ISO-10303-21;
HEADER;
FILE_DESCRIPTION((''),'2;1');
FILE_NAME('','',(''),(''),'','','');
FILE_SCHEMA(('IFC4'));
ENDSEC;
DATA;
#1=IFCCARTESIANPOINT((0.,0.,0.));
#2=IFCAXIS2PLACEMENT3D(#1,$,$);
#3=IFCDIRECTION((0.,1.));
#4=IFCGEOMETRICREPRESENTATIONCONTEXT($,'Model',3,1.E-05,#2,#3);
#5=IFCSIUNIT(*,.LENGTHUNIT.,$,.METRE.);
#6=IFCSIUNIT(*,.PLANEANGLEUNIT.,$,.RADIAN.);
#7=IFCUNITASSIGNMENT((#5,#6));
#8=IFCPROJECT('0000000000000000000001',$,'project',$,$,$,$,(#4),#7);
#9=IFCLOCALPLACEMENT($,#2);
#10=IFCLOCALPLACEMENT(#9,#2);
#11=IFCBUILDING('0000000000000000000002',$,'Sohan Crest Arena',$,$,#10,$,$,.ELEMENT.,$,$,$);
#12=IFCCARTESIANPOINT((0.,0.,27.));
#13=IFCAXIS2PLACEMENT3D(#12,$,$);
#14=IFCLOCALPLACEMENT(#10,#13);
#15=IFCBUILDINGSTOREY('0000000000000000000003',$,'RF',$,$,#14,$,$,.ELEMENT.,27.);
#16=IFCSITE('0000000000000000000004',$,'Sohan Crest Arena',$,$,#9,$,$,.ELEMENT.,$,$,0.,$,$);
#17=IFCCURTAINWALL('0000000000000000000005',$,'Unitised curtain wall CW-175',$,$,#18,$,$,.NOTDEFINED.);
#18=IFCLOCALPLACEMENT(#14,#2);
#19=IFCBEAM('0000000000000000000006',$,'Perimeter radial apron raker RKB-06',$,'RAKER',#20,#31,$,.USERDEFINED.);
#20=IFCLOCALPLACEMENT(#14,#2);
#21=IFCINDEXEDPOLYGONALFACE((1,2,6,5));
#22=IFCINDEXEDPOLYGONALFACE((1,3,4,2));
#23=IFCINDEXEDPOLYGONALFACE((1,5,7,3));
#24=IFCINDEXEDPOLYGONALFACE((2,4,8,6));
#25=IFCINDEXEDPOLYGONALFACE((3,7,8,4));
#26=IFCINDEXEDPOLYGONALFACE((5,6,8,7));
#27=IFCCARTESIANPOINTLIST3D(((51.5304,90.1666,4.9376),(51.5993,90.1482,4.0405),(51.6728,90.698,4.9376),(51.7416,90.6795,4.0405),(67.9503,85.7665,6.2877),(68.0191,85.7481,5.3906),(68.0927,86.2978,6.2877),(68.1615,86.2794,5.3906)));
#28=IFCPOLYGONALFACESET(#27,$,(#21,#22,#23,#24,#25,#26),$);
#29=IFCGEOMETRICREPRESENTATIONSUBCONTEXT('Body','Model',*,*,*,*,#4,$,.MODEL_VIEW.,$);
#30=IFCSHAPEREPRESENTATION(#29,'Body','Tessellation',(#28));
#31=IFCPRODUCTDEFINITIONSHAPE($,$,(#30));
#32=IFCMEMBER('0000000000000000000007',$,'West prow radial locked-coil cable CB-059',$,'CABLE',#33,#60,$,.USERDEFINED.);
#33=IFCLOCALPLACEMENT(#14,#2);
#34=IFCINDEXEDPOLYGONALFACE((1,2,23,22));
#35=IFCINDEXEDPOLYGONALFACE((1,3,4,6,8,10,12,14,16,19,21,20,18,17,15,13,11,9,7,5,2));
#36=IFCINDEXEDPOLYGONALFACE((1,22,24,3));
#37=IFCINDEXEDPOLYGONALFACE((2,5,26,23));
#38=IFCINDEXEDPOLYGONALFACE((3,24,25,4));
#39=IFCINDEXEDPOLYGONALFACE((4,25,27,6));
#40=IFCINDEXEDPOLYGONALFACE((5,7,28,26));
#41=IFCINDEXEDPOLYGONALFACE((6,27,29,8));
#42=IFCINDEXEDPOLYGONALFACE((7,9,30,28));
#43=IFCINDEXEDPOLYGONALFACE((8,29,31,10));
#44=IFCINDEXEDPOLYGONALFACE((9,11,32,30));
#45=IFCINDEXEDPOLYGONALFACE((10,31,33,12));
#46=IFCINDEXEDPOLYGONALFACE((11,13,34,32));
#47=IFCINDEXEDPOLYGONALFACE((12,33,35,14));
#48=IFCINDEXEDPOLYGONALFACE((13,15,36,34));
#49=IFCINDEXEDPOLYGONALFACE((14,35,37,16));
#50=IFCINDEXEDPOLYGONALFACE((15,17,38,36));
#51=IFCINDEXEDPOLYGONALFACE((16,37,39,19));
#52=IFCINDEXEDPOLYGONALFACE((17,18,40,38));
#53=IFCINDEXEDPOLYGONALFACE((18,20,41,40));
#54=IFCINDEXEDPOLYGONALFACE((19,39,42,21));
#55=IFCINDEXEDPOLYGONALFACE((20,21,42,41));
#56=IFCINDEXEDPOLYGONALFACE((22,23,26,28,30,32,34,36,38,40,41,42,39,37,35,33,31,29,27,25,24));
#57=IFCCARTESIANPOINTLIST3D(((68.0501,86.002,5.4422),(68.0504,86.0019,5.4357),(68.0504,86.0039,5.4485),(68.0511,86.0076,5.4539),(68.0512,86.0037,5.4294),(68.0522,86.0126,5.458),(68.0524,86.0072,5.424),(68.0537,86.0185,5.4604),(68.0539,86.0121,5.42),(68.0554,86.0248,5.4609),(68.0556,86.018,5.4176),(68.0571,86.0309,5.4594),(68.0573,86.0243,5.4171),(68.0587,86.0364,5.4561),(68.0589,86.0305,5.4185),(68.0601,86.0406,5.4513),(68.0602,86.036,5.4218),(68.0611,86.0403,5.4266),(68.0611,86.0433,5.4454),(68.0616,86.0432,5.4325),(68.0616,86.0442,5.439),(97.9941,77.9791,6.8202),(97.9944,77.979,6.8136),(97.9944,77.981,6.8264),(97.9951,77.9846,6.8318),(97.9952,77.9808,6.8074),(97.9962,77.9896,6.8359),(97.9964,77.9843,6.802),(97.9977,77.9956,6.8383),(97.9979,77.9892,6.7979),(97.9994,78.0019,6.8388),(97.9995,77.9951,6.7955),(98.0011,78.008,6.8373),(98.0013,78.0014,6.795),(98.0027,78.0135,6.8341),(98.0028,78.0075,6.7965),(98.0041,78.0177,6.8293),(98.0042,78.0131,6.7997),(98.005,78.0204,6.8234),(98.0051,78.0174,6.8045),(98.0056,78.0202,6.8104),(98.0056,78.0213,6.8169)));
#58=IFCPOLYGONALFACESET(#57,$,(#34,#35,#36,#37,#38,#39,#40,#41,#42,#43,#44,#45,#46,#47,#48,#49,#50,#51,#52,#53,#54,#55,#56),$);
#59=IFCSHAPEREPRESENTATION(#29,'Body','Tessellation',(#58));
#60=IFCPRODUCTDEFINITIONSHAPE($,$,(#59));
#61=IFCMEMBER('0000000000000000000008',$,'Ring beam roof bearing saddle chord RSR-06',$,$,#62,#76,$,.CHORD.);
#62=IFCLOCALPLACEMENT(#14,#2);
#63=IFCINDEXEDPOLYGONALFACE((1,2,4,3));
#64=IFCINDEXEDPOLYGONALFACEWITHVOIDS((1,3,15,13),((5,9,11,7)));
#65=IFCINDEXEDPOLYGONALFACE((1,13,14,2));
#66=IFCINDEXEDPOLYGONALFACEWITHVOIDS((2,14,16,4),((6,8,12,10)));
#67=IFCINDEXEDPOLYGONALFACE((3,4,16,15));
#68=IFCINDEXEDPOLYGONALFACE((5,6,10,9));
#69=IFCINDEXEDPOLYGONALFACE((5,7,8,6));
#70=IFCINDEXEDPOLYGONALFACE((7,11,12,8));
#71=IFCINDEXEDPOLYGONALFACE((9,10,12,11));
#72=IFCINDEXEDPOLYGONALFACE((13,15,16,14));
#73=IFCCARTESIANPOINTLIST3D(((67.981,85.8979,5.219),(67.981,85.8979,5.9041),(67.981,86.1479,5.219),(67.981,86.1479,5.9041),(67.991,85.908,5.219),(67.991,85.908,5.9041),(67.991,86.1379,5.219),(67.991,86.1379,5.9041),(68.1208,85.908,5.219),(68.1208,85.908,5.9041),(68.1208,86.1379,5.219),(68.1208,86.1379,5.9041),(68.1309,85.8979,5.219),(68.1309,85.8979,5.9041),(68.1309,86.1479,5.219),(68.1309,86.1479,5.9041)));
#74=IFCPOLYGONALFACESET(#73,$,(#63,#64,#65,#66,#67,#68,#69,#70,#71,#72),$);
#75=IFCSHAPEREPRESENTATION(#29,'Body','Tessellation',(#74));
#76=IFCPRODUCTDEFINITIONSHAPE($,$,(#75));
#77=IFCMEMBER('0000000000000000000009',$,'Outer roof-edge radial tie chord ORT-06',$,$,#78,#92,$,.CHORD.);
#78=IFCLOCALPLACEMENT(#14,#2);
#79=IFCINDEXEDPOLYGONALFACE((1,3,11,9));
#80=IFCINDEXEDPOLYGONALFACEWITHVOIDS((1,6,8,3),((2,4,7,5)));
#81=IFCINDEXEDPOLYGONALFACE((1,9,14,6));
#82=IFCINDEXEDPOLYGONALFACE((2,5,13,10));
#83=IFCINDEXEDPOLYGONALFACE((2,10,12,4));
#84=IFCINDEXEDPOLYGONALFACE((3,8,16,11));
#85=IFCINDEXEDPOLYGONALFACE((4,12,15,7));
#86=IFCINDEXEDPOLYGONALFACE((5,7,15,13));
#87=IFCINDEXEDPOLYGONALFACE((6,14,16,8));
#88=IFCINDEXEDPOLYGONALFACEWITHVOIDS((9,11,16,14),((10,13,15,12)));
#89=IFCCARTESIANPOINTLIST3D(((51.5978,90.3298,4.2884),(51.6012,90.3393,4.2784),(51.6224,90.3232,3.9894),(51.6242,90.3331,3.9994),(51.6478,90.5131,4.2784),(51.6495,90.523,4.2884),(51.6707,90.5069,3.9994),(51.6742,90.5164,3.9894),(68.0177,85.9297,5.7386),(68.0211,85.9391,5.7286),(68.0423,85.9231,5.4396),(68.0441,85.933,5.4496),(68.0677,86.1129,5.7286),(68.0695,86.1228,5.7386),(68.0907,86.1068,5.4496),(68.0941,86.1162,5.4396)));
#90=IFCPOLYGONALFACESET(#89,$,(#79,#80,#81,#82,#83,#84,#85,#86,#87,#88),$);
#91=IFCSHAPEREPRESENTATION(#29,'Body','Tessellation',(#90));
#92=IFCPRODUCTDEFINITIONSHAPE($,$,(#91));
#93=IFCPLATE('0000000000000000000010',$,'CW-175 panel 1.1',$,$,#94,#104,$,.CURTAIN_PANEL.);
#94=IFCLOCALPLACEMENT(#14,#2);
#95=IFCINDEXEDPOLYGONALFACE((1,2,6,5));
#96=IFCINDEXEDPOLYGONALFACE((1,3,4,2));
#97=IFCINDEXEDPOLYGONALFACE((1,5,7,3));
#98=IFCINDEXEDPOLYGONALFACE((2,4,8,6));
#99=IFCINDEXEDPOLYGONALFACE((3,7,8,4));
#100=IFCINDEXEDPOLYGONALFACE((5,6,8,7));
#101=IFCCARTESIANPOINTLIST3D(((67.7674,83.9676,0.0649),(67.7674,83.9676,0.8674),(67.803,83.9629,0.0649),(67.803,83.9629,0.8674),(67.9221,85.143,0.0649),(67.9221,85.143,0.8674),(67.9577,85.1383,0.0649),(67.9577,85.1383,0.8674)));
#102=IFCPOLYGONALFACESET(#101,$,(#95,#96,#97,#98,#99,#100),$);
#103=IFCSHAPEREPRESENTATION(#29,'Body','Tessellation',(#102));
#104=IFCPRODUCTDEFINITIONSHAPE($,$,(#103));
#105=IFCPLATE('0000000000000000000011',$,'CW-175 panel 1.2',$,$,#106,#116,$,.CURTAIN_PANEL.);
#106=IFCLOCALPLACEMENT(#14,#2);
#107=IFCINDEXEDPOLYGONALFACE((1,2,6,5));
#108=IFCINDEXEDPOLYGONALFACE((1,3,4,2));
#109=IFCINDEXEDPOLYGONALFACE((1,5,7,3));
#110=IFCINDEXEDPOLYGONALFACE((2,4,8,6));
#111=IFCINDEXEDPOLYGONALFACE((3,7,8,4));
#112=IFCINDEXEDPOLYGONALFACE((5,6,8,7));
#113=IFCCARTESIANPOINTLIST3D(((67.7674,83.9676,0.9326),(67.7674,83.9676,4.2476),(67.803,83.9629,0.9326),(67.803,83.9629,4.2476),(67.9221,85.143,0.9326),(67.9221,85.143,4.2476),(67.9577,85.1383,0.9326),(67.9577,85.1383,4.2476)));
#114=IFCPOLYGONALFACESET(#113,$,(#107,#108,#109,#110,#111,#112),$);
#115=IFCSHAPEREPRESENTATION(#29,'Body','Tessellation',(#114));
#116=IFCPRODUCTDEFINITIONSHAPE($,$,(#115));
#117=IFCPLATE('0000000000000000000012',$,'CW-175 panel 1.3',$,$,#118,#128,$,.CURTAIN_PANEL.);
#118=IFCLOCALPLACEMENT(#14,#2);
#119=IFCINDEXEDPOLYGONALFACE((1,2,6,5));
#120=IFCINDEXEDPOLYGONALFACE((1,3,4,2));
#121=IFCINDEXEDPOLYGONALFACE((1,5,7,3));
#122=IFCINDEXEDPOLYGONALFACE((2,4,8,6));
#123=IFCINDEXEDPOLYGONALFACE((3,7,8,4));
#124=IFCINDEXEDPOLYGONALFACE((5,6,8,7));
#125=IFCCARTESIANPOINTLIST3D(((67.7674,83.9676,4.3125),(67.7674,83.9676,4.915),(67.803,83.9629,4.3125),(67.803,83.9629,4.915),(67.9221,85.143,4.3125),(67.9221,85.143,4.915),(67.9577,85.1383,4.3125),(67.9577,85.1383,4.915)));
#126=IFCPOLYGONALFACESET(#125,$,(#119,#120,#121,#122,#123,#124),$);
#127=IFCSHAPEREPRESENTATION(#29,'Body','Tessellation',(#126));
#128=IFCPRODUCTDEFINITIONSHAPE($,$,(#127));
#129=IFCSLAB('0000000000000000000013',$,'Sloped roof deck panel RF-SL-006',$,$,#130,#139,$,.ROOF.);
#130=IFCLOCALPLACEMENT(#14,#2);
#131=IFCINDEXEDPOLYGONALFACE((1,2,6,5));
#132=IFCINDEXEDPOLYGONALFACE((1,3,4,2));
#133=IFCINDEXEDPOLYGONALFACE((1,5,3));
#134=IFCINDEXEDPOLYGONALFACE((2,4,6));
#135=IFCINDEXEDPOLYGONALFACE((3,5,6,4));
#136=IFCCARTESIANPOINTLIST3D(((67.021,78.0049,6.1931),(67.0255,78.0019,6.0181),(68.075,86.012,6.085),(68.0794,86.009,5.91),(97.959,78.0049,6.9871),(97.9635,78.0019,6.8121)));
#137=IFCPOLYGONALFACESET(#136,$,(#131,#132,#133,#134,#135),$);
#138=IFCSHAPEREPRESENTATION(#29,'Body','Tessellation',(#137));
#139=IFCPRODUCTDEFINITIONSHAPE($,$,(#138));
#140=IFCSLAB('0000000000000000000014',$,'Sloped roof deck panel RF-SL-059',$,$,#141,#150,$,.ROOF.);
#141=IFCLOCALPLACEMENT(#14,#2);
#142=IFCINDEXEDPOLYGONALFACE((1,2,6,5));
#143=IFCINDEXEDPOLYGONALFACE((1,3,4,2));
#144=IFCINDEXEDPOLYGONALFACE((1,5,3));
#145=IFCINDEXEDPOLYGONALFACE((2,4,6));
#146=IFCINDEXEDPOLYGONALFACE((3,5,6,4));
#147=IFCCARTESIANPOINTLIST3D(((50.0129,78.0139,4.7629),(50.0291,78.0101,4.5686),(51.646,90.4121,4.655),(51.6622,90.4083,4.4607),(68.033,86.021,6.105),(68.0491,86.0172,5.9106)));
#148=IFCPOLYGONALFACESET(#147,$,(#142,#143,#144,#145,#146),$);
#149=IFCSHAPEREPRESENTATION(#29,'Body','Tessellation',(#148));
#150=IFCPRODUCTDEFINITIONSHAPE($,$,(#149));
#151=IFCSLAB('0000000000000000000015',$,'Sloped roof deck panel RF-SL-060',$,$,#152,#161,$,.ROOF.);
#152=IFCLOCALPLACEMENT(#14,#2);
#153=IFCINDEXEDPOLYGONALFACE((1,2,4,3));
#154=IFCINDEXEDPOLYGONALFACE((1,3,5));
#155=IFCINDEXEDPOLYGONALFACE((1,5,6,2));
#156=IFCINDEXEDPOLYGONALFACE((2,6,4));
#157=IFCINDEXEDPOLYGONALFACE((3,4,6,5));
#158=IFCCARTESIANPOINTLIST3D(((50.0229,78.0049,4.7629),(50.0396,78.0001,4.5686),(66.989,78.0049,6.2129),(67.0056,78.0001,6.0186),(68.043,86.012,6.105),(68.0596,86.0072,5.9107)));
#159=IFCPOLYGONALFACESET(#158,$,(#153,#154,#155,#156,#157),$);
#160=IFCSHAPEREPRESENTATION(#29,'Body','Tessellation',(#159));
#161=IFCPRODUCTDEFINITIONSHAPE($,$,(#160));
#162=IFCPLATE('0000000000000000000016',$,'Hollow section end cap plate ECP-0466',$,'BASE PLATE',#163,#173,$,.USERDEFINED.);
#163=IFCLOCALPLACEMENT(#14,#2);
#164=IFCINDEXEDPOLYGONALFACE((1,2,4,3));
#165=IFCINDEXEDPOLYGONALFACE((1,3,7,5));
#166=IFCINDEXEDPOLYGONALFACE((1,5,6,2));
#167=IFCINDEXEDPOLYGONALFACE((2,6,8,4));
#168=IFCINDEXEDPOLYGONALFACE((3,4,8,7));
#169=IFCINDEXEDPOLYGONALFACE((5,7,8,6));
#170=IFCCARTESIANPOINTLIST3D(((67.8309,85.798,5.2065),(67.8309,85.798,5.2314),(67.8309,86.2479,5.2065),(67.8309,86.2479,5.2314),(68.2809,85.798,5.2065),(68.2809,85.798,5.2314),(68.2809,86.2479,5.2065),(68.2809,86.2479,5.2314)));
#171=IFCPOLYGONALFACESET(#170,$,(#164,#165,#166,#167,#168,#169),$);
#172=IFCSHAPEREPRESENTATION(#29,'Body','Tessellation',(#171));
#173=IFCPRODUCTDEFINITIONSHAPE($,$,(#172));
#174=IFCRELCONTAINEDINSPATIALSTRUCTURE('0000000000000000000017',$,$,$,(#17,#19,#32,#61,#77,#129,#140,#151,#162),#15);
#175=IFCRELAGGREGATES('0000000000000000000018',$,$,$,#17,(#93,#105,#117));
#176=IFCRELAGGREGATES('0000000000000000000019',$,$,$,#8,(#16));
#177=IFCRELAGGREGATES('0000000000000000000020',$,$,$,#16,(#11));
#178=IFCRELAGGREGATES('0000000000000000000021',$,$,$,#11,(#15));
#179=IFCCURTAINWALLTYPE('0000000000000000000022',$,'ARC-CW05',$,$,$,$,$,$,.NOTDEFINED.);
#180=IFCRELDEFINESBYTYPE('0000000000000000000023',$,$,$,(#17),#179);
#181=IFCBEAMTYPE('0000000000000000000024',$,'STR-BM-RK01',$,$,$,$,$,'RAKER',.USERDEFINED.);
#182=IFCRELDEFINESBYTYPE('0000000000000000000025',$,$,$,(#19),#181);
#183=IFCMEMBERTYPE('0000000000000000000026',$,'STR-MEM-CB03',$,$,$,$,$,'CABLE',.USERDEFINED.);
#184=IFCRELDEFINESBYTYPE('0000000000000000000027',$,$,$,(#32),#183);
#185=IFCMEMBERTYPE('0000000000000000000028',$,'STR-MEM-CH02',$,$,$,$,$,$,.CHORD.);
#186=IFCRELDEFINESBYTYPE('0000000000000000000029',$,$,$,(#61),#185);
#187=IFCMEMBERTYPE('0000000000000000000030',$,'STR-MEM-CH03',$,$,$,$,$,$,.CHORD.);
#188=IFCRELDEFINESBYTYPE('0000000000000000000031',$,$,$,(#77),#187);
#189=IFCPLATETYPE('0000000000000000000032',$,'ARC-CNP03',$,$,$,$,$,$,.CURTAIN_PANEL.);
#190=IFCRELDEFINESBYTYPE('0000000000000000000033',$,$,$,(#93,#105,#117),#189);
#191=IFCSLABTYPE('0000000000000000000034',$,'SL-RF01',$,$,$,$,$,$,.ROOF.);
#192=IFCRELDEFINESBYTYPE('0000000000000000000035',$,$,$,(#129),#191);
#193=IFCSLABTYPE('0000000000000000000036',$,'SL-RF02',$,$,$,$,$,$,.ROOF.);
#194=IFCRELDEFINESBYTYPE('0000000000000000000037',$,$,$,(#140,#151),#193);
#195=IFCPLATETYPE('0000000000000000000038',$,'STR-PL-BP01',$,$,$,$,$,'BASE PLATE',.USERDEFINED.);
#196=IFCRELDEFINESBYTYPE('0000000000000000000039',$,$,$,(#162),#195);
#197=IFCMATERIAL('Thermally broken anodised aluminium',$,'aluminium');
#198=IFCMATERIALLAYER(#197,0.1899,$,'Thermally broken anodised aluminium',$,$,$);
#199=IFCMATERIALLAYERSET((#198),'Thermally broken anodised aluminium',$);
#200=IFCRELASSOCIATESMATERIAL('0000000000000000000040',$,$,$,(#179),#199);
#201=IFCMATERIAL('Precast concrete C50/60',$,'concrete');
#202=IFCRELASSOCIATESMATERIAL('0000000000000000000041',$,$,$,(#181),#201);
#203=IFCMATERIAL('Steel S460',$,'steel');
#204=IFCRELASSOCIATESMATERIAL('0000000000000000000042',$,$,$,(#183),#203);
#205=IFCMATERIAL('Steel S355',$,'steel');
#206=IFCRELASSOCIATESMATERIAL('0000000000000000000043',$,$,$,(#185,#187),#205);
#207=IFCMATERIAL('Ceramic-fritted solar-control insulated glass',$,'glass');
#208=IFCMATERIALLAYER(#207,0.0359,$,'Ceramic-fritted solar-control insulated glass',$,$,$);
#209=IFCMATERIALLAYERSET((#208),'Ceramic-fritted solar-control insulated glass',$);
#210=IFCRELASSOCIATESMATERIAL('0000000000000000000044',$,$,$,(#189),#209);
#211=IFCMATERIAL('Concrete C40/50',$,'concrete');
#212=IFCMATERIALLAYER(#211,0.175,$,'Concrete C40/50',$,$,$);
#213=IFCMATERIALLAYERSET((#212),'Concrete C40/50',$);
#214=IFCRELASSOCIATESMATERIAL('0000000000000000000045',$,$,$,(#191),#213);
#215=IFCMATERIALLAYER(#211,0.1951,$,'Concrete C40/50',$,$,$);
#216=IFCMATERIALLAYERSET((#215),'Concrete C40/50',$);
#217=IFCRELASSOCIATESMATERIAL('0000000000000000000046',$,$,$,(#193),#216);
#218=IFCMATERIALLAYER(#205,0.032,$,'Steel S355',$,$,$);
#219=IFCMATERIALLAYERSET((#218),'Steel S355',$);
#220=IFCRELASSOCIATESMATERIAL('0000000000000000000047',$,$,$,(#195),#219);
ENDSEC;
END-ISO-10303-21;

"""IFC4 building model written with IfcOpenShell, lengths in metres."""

from ifc_helpers import new_model, si_unit, direction, frame, origin, origin_2d, place, context, subcontext, project, spatial, polyline, rectangle, hollow_rectangle, circle, outline, extrude, material, layer, layer_set, material_profile, profile_set, type_object, element, aggregate, save


model = new_model("IFC4")

# Units and contexts
model_context = context("Model", 3, precision=1e-05, world=origin(), true_north=direction((0.0, 1.0)))
body_context = subcontext(model_context, "Body", "Model", "MODEL_VIEW")
ifc_project = project(units=[si_unit("LENGTHUNIT", "METRE"), si_unit("PLANEANGLEUNIT", "RADIAN")], contexts=[model_context])

# Site, building, storey
site_placement = place(None, origin())
site = spatial("IfcSite", under=ifc_project, at=site_placement, Name="Sohan Crest Arena", CompositionType="ELEMENT", RefElevation=0.0)
building_placement = place(site_placement, origin())
building = spatial("IfcBuilding", under=site, at=building_placement, Name="Sohan Crest Arena", CompositionType="ELEMENT")
storey_placement = place(building_placement, frame((0.0, 0.0, 27.0)))
storey = spatial("IfcBuildingStorey", under=building, at=storey_placement, Name="RF", CompositionType="ELEMENT", Elevation=27.0)

# Shared definitions
ifc_material_1 = material(Name="Concrete C40/50", Category="concrete")

# Shared definitions
ifc_material_2 = material(Name="Thermally broken anodised aluminium", Category="aluminium")
ifc_layer_1 = layer(ifc_material_2, 0.1899, Name="Thermally broken anodised aluminium")
ifc_layer_set_1 = layer_set([ifc_layer_1], Name="Thermally broken anodised aluminium")
curtain_wall_type = type_object("IfcCurtainWallType", Name="ARC-CW05", PredefinedType="NOTDEFINED", material=ifc_layer_set_1)

# Curtain wall
curtain_wall_1_placement = place(storey_placement, origin())
curtain_wall_1 = element("IfcCurtainWall", 1, at=curtain_wall_1_placement, inside=storey, type_object=curtain_wall_type, Name="Unitised curtain wall CW-175", PredefinedType="NOTDEFINED")

# Beam
ifc_material_3 = material(Name="Steel S355", Category="steel")
ifc_material_4 = material(Name="Precast concrete C50/60", Category="concrete")
ifc_material_profile_1 = material_profile(ifc_material_4, rectangle(XDim=0.55, YDim=0.8999, at=origin_2d()), Name="RAKER 550x900")
ifc_profile_set_1 = profile_set([ifc_material_profile_1], Name="Precast concrete C50/60")
beam_type_1 = type_object("IfcBeamType", Name="STR-BM-RK01", ElementType="RAKER", PredefinedType="USERDEFINED", material=ifc_profile_set_1)
beam_1_placement = place(storey_placement, frame((68.0559, 86.0229, 5.8391), z_axis=(-0.962887, 0.258031, -0.079172), x_axis=(-0.258843, -0.965919, 0.0)))
element("IfcBeam", 2, at=beam_1_placement, inside=storey, type_object=beam_type_1, Name="Perimeter radial apron raker RKB-06", ObjectType="RAKER", PredefinedType="USERDEFINED", context=body_context, shape_type="SweptSolid", body=[
    extrude(rectangle(XDim=0.55, YDim=0.8999, at=origin_2d()), origin(), (0.0, 0.0, 1.0), 17.0527),
])

# Members
ifc_material_5 = material(Name="Steel S460", Category="steel")
ifc_material_profile_2 = material_profile(ifc_material_5, circle(Radius=0.022, at=origin_2d()), Name="FLC D44")
ifc_profile_set_2 = profile_set([ifc_material_profile_2], Name="Steel S460")
member_type_1 = type_object("IfcMemberType", Name="STR-MEM-CB03", ElementType="CABLE", PredefinedType="USERDEFINED", material=ifc_profile_set_2)
member_1_placement = place(storey_placement, frame((68.0559, 86.0229, 5.439), z_axis=(0.964977, -0.258547, 0.044405), x_axis=(0.258803, 0.96593, 0.0)))
element("IfcMember", 3, at=member_1_placement, inside=storey, type_object=member_type_1, Name="West prow radial locked-coil cable CB-059", ObjectType="CABLE", PredefinedType="USERDEFINED", context=body_context, shape_type="SweptSolid", body=[
    extrude(circle(Radius=0.022, at=origin_2d()), origin(), (0.0, 0.0, 1.0), 31.0308),
])
ifc_material_profile_3 = material_profile(ifc_material_3, hollow_rectangle(XDim=0.1499, YDim=0.25, WallThickness=0.01, at=origin_2d()), Name="RHS 250x150x10")
ifc_profile_set_3 = profile_set([ifc_material_profile_3], Name="Steel S355")
member_type_2 = type_object("IfcMemberType", Name="STR-MEM-CH02", PredefinedType="CHORD", material=ifc_profile_set_3)
member_2_placement = place(storey_placement, frame((68.0559, 86.0229, 5.219), z_axis=(0.0, 0.0, 1.0), x_axis=(1.0, 0.0, 0.0)))
element("IfcMember", 4, at=member_2_placement, inside=storey, type_object=member_type_2, Name="Ring beam roof bearing saddle chord RSR-06", PredefinedType="CHORD", context=body_context, shape_type="SweptSolid", body=[
    extrude(hollow_rectangle(XDim=0.1499, YDim=0.25, WallThickness=0.01, at=origin_2d()), origin(), (0.0, 0.0, 1.0), 0.6851),
])
ifc_material_profile_4 = material_profile(ifc_material_3, hollow_rectangle(XDim=0.2, YDim=0.3, WallThickness=0.01, at=origin_2d()), Name="RHS 300x200x10")
ifc_profile_set_4 = profile_set([ifc_material_profile_4], Name="Steel S355")
member_type_3 = type_object("IfcMemberType", Name="STR-MEM-CH03", PredefinedType="CHORD", material=ifc_profile_set_4)
member_3_placement = place(storey_placement, frame((68.0559, 86.0229, 5.5891), z_axis=(-0.962424, 0.257907, -0.085001), x_axis=(-0.258843, -0.965919, 0.0)))
element("IfcMember", 5, at=member_3_placement, inside=storey, type_object=member_type_3, Name="Outer roof-edge radial tie chord ORT-06", PredefinedType="CHORD", context=body_context, shape_type="SweptSolid", body=[
    extrude(hollow_rectangle(XDim=0.2, YDim=0.3, WallThickness=0.01, at=origin_2d()), origin(), (0.0, 0.0, 1.0), 17.061),
])

# Plates
ifc_material_6 = material(Name="Ceramic-fritted solar-control insulated glass", Category="glass")
ifc_layer_2 = layer(ifc_material_6, 0.0359, Name="Ceramic-fritted solar-control insulated glass")
ifc_layer_set_2 = layer_set([ifc_layer_2], Name="Ceramic-fritted solar-control insulated glass")
plate_type_1 = type_object("IfcPlateType", Name="ARC-CNP03", PredefinedType="CURTAIN_PANEL", material=ifc_layer_set_2)
plate_1_placement = place(storey_placement, frame((67.8625, 84.553, 0.0649), z_axis=(0.0, 0.0, 1.0), x_axis=(-0.130499, -0.991448, 0.0)))
plate_1 = element("IfcPlate", 6, at=plate_1_placement, type_object=plate_type_1, Name="CW-175 panel 1.1", PredefinedType="CURTAIN_PANEL", context=body_context, shape_type="SweptSolid", body=[
    extrude(rectangle(XDim=1.1855, YDim=0.0359, at=origin_2d()), origin(), (0.0, 0.0, 1.0), 0.8025),
])
plate_2_placement = place(storey_placement, frame((67.8625, 84.553, 0.9326), z_axis=(0.0, 0.0, 1.0), x_axis=(-0.130499, -0.991448, 0.0)))
plate_2 = element("IfcPlate", 7, at=plate_2_placement, type_object=plate_type_1, Name="CW-175 panel 1.2", PredefinedType="CURTAIN_PANEL", context=body_context, shape_type="SweptSolid", body=[
    extrude(rectangle(XDim=1.1855, YDim=0.0359, at=origin_2d()), origin(), (0.0, 0.0, 1.0), 3.3149),
])
plate_3_placement = place(storey_placement, frame((67.8625, 84.553, 4.3125), z_axis=(0.0, 0.0, 1.0), x_axis=(-0.130499, -0.991448, 0.0)))
plate_3 = element("IfcPlate", 8, at=plate_3_placement, type_object=plate_type_1, Name="CW-175 panel 1.3", PredefinedType="CURTAIN_PANEL", context=body_context, shape_type="SweptSolid", body=[
    extrude(rectangle(XDim=1.1855, YDim=0.0359, at=origin_2d()), origin(), (0.0, 0.0, 1.0), 0.6025),
])
aggregate(curtain_wall_1, [plate_1, plate_2, plate_3])

# Slabs
ifc_layer_3 = layer(ifc_material_1, 0.175, Name="Concrete C40/50")
ifc_layer_set_3 = layer_set([ifc_layer_3], Name="Concrete C40/50")
slab_type_1 = type_object("IfcSlabType", Name="SL-RF01", PredefinedType="ROOF", material=ifc_layer_set_3)
slab_1_placement = place(storey_placement, frame((68.075, 86.012, 6.085), z_axis=(-0.02565, 0.016877, 0.999528), x_axis=(-0.130491, -0.991359, 0.013391)))
element("IfcSlab", 9, at=slab_1_placement, inside=storey, type_object=slab_type_1, Name="Sloped roof deck panel RF-SL-006", PredefinedType="ROOF", context=body_context, shape_type="SweptSolid", body=[
    extrude(outline(polyline([(0.0, 0.0), (8.0769, 0.0), (4.0504, 30.6851), (0.0, 0.0)])), origin(), (0.0, 0.0, -1.0), 0.175),
])
ifc_layer_4 = layer(ifc_material_1, 0.1951, Name="Concrete C40/50")
ifc_layer_set_4 = layer_set([ifc_layer_4], Name="Concrete C40/50")
slab_type_2 = type_object("IfcSlabType", Name="SL-RF02", PredefinedType="ROOF", material=ifc_layer_set_4)
slab_2_placement = place(storey_placement, frame((68.033, 86.021, 6.105), z_axis=(-0.08291, 0.019593, 0.996364), x_axis=(-0.962414, 0.257892, -0.085156)))
element("IfcSlab", 10, at=slab_2_placement, inside=storey, type_object=slab_type_2, Name="Sloped roof deck panel RF-SL-059", PredefinedType="ROOF", context=body_context, shape_type="SweptSolid", body=[
    extrude(outline(polyline([(0.0, 0.0), (17.0269, 0.0), (15.392, 12.3984), (0.0, 0.0)])), origin(), (0.0, 0.0, -1.0), 0.1951),
])
slab_3_placement = place(storey_placement, frame((68.043, 86.012, 6.105), z_axis=(-0.085126, 0.024629, 0.996066), x_axis=(-0.911737, -0.405124, -0.067902)))
element("IfcSlab", 11, at=slab_3_placement, inside=storey, type_object=slab_type_2, Name="Sloped roof deck panel RF-SL-060", PredefinedType="ROOF", context=body_context, shape_type="SweptSolid", body=[
    extrude(outline(polyline([(0.0, 0.0), (19.7645, 0.0), (4.1975, 6.9005), (0.0, 0.0)])), origin(), (0.0, 0.0, -1.0), 0.1951),
])

# Plate
ifc_layer_5 = layer(ifc_material_3, 0.032, Name="Steel S355")
ifc_layer_set_5 = layer_set([ifc_layer_5], Name="Steel S355")
plate_type_2 = type_object("IfcPlateType", Name="STR-PL-BP01", ElementType="BASE PLATE", PredefinedType="USERDEFINED", material=ifc_layer_set_5)
plate_4_placement = place(storey_placement, frame((68.0559, 86.0229, 5.2065), z_axis=(0.0, 0.0, 1.0), x_axis=(1.0, 0.0, 0.0)))
element("IfcPlate", 12, at=plate_4_placement, inside=storey, type_object=plate_type_2, Name="Hollow section end cap plate ECP-0466", ObjectType="BASE PLATE", PredefinedType="USERDEFINED", context=body_context, shape_type="SweptSolid", body=[
    extrude(rectangle(XDim=0.45, YDim=0.45, at=origin_2d()), origin(), (0.0, 0.0, 1.0), 0.0249),
])

save(model, "model.ifc")
